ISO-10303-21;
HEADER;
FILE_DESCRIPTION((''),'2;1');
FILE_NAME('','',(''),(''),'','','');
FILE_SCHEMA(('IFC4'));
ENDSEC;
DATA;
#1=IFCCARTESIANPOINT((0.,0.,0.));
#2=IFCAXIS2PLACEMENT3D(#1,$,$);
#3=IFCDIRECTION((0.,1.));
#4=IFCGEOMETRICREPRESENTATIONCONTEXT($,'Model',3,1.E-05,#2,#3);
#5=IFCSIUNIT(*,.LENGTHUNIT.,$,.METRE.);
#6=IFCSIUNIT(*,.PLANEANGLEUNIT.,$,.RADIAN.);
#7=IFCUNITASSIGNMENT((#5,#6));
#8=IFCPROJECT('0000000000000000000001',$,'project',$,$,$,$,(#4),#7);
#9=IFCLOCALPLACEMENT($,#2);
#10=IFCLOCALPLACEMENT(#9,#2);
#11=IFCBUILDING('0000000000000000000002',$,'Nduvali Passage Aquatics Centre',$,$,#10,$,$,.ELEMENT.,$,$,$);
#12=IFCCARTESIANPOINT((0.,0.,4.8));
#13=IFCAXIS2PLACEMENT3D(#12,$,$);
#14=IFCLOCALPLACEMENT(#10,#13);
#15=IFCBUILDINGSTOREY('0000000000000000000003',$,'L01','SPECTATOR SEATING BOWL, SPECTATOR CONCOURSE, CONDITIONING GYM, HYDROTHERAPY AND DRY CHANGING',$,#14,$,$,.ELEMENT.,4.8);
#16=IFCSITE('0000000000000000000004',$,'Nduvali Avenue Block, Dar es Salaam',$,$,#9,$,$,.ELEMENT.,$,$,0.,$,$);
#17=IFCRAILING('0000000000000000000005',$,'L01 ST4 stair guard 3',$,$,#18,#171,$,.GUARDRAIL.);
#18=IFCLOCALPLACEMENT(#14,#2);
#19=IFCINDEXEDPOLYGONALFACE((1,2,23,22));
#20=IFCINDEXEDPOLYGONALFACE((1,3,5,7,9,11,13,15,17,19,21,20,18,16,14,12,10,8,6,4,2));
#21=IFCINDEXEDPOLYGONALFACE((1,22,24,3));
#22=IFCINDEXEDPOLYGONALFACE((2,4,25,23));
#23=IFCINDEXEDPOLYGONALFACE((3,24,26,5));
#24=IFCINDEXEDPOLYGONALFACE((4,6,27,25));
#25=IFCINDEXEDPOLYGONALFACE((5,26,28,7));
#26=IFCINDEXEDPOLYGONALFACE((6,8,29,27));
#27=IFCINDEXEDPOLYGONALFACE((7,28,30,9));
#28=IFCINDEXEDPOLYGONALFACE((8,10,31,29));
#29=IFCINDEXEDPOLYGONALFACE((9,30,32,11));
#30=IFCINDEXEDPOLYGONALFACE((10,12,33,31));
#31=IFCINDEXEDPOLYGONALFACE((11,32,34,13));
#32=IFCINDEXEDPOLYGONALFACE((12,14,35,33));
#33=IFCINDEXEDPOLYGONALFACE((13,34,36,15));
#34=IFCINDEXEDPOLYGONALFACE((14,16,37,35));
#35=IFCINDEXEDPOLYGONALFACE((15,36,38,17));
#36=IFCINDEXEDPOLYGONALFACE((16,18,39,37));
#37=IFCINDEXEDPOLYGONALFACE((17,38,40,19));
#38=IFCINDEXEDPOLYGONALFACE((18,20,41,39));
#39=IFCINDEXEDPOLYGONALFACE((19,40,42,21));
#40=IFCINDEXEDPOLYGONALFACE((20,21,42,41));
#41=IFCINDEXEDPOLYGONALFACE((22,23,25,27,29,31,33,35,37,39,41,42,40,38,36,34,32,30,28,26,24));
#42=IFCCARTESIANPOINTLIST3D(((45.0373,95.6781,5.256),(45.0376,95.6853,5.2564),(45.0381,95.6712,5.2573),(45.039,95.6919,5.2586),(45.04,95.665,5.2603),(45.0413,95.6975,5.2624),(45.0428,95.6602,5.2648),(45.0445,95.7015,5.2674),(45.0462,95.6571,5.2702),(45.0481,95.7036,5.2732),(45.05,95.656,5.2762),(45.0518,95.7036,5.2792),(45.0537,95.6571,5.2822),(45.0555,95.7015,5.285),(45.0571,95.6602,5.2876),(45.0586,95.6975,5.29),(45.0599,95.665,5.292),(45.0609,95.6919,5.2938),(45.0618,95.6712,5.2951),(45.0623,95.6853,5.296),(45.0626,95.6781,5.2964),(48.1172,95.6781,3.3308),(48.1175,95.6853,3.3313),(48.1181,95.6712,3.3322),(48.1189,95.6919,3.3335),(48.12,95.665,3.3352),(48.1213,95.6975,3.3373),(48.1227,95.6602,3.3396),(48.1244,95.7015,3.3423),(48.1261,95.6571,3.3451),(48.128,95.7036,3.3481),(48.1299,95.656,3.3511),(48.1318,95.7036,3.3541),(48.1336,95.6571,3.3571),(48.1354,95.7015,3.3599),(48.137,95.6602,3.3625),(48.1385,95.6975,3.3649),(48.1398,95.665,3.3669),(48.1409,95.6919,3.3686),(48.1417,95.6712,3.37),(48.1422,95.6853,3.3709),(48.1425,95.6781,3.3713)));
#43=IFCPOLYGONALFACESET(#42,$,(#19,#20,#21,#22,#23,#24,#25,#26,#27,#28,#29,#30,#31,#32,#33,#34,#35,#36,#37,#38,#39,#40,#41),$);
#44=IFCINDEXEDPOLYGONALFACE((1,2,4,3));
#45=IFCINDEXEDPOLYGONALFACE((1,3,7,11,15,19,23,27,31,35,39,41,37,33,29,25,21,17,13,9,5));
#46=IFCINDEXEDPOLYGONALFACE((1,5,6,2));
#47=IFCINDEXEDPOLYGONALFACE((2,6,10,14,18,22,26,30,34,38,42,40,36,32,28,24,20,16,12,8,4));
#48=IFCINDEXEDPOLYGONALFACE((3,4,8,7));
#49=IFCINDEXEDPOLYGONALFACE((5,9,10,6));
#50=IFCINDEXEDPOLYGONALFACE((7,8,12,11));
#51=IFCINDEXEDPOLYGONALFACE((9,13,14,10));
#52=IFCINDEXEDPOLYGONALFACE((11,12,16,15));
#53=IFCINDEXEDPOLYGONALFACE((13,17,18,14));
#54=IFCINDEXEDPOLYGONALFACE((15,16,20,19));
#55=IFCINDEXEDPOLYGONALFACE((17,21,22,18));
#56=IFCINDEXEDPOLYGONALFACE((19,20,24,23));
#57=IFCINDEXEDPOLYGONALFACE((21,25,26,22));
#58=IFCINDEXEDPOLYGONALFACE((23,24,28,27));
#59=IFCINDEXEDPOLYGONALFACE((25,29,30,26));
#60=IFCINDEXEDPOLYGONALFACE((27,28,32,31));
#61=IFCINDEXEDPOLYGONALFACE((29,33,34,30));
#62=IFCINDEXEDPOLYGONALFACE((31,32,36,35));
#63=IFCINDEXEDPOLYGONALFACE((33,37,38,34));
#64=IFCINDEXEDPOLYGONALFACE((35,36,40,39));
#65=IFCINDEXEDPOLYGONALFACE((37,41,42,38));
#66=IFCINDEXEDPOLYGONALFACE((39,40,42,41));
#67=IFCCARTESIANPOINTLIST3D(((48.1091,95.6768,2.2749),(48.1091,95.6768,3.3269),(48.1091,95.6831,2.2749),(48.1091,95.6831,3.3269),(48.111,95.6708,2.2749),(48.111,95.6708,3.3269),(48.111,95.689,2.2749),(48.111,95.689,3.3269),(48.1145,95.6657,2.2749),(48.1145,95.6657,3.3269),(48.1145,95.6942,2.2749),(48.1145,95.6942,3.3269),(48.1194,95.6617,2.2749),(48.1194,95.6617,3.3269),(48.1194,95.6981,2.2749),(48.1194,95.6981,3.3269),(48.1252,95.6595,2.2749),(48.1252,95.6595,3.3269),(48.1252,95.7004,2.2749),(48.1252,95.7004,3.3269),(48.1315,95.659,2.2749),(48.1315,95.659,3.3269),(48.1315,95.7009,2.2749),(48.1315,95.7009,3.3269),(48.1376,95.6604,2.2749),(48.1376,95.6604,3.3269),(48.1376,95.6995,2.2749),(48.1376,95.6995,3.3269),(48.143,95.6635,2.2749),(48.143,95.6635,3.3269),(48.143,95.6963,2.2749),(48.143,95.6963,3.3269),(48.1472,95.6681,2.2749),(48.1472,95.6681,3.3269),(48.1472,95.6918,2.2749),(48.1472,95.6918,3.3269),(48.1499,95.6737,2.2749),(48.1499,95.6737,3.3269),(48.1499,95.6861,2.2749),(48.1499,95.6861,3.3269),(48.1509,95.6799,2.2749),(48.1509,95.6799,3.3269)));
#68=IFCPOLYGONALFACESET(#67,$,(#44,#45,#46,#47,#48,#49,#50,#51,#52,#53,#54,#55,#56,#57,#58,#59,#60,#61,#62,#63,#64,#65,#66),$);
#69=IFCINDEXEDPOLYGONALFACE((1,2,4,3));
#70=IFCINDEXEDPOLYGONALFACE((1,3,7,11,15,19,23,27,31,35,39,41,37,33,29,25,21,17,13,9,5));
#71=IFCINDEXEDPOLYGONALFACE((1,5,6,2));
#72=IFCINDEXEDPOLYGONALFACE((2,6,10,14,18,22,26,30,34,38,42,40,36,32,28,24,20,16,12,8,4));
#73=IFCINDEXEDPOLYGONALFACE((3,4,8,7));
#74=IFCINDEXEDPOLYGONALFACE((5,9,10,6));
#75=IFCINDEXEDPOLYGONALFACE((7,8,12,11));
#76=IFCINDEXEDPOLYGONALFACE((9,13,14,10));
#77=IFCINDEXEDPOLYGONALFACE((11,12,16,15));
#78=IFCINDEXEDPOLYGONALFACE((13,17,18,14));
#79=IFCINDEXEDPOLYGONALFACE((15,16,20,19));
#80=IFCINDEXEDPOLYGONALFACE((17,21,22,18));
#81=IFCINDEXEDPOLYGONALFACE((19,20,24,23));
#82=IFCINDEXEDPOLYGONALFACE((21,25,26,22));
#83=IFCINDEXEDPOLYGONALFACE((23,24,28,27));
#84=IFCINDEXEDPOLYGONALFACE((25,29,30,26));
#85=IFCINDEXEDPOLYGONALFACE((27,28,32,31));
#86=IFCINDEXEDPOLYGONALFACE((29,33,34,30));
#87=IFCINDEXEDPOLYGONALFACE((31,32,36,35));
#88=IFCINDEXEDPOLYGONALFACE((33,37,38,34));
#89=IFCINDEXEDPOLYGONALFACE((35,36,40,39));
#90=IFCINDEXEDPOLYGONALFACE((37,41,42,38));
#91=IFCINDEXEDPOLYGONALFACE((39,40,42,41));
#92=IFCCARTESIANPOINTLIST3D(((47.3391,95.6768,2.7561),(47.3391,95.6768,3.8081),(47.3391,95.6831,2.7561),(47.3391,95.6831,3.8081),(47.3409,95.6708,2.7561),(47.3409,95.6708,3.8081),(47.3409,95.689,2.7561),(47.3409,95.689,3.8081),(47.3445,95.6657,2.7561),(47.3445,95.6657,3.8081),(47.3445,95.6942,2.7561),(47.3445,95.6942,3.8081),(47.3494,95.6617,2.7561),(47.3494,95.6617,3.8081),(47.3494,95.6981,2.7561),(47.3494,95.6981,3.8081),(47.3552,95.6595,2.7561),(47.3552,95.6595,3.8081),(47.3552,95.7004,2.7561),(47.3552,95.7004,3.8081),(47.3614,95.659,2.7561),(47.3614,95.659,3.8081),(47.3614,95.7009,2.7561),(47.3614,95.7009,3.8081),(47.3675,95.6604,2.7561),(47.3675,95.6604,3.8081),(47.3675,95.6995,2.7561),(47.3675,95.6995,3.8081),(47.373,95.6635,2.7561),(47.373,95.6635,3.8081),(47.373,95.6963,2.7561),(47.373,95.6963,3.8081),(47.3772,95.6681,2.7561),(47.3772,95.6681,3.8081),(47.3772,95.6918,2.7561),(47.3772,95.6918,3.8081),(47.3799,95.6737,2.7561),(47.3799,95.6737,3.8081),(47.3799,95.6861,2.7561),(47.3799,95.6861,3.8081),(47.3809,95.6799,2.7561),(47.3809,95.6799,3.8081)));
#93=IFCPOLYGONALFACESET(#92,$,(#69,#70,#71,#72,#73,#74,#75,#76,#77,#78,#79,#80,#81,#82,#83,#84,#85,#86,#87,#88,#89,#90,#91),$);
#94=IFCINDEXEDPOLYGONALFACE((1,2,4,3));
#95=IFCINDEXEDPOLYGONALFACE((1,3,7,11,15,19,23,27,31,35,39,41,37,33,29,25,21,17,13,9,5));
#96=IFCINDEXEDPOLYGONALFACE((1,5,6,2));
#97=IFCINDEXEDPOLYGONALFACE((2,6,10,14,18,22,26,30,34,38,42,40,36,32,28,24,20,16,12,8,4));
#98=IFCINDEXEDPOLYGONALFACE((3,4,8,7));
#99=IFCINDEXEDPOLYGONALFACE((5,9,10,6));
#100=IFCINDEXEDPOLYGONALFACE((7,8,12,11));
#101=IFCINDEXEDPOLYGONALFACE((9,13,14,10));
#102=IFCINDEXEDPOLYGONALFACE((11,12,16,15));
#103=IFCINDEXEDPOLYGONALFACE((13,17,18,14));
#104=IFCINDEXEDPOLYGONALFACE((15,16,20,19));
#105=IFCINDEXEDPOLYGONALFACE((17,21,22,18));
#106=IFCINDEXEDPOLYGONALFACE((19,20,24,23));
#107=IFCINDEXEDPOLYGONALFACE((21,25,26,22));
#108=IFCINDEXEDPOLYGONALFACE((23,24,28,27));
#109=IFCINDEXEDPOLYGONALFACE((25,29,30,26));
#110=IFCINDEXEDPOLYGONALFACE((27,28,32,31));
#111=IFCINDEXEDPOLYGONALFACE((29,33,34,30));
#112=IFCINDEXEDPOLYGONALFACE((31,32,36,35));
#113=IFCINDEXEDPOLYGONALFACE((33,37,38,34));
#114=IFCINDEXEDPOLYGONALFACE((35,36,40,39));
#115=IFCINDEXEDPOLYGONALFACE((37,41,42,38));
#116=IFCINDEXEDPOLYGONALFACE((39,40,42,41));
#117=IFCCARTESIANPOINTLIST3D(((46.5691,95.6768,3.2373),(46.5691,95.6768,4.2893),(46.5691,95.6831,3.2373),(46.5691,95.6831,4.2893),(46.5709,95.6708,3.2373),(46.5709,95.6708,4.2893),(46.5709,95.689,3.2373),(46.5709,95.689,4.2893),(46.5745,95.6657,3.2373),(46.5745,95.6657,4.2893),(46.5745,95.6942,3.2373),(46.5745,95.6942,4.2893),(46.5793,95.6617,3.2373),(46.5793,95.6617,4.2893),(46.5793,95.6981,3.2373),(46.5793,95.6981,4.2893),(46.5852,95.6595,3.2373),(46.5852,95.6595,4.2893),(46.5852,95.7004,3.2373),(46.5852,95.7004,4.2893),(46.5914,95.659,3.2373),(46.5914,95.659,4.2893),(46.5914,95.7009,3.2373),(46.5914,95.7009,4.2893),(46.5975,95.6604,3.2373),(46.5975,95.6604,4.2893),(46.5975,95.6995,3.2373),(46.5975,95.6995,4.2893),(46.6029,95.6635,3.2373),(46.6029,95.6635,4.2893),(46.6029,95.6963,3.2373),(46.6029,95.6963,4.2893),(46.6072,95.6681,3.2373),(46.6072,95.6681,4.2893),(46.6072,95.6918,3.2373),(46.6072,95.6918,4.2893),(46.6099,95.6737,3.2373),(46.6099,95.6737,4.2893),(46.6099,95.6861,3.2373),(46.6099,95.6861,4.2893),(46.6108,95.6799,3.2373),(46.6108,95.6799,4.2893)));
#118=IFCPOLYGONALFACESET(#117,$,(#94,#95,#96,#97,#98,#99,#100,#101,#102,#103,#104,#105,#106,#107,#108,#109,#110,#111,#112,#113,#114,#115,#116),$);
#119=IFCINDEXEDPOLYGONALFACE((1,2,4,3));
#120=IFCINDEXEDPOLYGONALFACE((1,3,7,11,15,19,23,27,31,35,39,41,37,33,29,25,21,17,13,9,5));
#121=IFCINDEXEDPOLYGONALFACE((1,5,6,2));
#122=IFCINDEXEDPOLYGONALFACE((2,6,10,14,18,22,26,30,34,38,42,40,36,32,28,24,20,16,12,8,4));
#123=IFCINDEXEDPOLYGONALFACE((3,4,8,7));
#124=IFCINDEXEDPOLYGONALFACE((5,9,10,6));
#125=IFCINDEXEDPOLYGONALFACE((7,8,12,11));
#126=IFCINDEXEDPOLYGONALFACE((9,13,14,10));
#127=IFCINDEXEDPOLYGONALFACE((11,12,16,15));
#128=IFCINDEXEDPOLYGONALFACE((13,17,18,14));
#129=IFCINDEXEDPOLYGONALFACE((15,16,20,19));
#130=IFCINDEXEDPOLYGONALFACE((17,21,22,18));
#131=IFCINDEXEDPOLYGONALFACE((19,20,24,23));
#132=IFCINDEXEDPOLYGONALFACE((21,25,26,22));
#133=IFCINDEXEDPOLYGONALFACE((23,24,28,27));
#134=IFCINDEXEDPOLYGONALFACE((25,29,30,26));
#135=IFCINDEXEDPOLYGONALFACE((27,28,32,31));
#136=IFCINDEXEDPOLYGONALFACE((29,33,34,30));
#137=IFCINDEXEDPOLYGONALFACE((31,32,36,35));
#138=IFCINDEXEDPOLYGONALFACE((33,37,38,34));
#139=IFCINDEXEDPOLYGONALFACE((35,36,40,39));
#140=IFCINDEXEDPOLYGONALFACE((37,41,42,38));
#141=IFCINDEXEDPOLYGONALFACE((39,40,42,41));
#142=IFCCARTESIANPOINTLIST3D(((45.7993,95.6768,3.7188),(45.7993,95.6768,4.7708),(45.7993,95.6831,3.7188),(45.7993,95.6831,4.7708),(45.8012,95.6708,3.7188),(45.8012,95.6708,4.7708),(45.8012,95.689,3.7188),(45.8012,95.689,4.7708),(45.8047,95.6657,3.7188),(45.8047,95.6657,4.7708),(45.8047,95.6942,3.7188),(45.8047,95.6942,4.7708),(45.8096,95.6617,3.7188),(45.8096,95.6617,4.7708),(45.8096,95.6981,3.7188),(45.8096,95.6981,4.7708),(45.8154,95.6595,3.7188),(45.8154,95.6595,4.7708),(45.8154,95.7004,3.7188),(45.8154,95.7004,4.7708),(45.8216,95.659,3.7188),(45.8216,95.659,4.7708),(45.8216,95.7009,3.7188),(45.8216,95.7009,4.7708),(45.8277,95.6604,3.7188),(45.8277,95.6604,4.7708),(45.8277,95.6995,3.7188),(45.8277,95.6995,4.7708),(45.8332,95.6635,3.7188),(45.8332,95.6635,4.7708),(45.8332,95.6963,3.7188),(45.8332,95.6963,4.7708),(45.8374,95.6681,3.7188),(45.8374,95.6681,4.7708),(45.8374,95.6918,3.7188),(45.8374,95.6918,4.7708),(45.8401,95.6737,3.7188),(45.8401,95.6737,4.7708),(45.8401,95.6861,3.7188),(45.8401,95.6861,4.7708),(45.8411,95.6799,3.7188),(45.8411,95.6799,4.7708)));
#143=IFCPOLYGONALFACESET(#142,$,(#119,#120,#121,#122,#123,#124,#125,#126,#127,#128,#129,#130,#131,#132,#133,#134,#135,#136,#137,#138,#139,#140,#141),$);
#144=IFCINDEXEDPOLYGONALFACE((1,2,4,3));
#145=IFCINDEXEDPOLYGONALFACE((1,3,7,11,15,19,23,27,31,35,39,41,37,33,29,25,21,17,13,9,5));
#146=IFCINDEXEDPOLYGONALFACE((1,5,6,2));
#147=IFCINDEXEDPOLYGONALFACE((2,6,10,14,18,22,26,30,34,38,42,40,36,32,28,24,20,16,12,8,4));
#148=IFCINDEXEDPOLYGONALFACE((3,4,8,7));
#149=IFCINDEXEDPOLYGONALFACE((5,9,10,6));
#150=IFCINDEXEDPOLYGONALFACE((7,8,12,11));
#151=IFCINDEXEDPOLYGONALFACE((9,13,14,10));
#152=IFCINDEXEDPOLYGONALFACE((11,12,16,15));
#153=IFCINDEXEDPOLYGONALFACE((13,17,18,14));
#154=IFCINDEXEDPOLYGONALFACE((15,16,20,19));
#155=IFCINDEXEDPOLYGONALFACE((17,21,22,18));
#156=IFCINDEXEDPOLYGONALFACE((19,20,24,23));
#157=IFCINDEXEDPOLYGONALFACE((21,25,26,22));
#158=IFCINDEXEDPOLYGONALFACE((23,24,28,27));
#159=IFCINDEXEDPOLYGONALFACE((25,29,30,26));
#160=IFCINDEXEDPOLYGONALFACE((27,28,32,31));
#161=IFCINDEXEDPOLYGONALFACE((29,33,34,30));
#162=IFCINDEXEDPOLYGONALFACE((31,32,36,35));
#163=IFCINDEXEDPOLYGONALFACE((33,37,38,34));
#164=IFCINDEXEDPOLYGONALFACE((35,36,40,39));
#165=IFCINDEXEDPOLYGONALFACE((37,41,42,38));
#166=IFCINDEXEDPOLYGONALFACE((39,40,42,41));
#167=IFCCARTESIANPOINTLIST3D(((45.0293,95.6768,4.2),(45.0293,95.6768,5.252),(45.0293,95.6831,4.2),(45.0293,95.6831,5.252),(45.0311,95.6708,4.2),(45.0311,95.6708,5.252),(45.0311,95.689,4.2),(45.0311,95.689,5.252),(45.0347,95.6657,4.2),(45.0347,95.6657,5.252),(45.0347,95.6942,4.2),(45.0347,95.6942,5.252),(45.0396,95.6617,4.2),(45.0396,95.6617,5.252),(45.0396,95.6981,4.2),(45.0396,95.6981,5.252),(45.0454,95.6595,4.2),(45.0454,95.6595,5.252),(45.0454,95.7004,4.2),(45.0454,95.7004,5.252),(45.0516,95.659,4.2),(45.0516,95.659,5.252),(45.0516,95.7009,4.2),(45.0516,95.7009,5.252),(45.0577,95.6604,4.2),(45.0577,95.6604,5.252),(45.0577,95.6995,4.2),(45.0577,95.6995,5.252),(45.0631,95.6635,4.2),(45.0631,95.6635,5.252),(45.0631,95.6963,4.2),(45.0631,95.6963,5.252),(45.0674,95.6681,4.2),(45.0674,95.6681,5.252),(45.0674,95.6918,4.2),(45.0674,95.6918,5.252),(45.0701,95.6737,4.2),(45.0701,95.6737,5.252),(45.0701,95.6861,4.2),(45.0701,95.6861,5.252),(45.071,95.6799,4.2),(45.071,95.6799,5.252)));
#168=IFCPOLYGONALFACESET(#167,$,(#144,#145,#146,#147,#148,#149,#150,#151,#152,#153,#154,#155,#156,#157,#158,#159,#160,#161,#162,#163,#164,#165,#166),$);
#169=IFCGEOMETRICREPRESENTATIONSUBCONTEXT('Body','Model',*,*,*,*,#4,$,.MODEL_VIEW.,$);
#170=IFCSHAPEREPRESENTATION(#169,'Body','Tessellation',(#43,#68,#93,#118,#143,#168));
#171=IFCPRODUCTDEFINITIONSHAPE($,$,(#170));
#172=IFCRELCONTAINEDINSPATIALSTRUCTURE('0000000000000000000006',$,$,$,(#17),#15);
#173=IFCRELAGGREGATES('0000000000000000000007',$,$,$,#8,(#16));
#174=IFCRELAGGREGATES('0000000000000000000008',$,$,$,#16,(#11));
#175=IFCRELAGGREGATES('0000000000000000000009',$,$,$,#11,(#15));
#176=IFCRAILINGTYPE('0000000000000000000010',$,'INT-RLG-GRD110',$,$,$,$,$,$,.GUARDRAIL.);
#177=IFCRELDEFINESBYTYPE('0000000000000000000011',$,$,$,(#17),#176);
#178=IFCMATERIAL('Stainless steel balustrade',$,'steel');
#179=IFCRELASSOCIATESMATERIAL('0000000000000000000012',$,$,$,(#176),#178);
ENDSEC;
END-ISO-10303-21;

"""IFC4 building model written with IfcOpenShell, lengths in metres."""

from ifc_helpers import new_model, si_unit, direction, frame, origin, origin_2d, place, context, subcontext, project, spatial, circle, extrude, material, type_object, element, save


model = new_model("IFC4")

# Units and contexts
model_context = context("Model", 3, precision=1e-05, world=origin(), true_north=direction((0.0, 1.0)))
body_context = subcontext(model_context, "Body", "Model", "MODEL_VIEW")
ifc_project = project(units=[si_unit("LENGTHUNIT", "METRE"), si_unit("PLANEANGLEUNIT", "RADIAN")], contexts=[model_context])

# Site, building, storey
site_placement = place(None, origin())
site = spatial("IfcSite", under=ifc_project, at=site_placement, Name="Nduvali Avenue Block, Dar es Salaam", CompositionType="ELEMENT", RefElevation=0.0)
building_placement = place(site_placement, origin())
building = spatial("IfcBuilding", under=site, at=building_placement, Name="Nduvali Passage Aquatics Centre", CompositionType="ELEMENT")
storey_placement = place(building_placement, frame((0.0, 0.0, 4.8)))
storey = spatial("IfcBuildingStorey", under=building, at=storey_placement, Name="L01", Description="SPECTATOR SEATING BOWL, SPECTATOR CONCOURSE, CONDITIONING GYM, HYDROTHERAPY AND DRY CHANGING", CompositionType="ELEMENT", Elevation=4.8)

# Railing
ifc_material_1 = material(Name="Stainless steel balustrade", Category="steel")
railing_type_1 = type_object("IfcRailingType", Name="INT-RLG-GRD110", PredefinedType="GUARDRAIL", material=ifc_material_1)
railing_1_placement = place(storey_placement, frame((48.1299, 95.6799, 2.2749)))
element("IfcRailing", 1, at=railing_1_placement, inside=storey, type_object=railing_type_1, Name="L01 ST4 stair guard 3", PredefinedType="GUARDRAIL", context=body_context, shape_type="SweptSolid", body=[
    extrude(circle(Radius=0.0239, at=origin_2d()), frame((0.0, 0.0, 1.0762), z_axis=(-0.847979, 0.0, 0.530029), x_axis=(0.0, -1.0, 0.0)), (0.0, 0.0, 1.0), 3.6321),
    extrude(circle(Radius=0.021, at=origin_2d()), origin(), (0.0, 0.0, 1.0), 1.052),
    extrude(circle(Radius=0.021, at=origin_2d()), frame((-0.77, 0.0, 0.4812)), (0.0, 0.0, 1.0), 1.052),
    extrude(circle(Radius=0.021, at=origin_2d()), frame((-1.54, 0.0, 0.9624)), (0.0, 0.0, 1.0), 1.052),
    extrude(circle(Radius=0.021, at=origin_2d()), frame((-2.3098, 0.0, 1.4438)), (0.0, 0.0, 1.0), 1.052),
    extrude(circle(Radius=0.021, at=origin_2d()), frame((-3.0798, 0.0, 1.925)), (0.0, 0.0, 1.0), 1.052),
])

save(model, "model.ifc")
